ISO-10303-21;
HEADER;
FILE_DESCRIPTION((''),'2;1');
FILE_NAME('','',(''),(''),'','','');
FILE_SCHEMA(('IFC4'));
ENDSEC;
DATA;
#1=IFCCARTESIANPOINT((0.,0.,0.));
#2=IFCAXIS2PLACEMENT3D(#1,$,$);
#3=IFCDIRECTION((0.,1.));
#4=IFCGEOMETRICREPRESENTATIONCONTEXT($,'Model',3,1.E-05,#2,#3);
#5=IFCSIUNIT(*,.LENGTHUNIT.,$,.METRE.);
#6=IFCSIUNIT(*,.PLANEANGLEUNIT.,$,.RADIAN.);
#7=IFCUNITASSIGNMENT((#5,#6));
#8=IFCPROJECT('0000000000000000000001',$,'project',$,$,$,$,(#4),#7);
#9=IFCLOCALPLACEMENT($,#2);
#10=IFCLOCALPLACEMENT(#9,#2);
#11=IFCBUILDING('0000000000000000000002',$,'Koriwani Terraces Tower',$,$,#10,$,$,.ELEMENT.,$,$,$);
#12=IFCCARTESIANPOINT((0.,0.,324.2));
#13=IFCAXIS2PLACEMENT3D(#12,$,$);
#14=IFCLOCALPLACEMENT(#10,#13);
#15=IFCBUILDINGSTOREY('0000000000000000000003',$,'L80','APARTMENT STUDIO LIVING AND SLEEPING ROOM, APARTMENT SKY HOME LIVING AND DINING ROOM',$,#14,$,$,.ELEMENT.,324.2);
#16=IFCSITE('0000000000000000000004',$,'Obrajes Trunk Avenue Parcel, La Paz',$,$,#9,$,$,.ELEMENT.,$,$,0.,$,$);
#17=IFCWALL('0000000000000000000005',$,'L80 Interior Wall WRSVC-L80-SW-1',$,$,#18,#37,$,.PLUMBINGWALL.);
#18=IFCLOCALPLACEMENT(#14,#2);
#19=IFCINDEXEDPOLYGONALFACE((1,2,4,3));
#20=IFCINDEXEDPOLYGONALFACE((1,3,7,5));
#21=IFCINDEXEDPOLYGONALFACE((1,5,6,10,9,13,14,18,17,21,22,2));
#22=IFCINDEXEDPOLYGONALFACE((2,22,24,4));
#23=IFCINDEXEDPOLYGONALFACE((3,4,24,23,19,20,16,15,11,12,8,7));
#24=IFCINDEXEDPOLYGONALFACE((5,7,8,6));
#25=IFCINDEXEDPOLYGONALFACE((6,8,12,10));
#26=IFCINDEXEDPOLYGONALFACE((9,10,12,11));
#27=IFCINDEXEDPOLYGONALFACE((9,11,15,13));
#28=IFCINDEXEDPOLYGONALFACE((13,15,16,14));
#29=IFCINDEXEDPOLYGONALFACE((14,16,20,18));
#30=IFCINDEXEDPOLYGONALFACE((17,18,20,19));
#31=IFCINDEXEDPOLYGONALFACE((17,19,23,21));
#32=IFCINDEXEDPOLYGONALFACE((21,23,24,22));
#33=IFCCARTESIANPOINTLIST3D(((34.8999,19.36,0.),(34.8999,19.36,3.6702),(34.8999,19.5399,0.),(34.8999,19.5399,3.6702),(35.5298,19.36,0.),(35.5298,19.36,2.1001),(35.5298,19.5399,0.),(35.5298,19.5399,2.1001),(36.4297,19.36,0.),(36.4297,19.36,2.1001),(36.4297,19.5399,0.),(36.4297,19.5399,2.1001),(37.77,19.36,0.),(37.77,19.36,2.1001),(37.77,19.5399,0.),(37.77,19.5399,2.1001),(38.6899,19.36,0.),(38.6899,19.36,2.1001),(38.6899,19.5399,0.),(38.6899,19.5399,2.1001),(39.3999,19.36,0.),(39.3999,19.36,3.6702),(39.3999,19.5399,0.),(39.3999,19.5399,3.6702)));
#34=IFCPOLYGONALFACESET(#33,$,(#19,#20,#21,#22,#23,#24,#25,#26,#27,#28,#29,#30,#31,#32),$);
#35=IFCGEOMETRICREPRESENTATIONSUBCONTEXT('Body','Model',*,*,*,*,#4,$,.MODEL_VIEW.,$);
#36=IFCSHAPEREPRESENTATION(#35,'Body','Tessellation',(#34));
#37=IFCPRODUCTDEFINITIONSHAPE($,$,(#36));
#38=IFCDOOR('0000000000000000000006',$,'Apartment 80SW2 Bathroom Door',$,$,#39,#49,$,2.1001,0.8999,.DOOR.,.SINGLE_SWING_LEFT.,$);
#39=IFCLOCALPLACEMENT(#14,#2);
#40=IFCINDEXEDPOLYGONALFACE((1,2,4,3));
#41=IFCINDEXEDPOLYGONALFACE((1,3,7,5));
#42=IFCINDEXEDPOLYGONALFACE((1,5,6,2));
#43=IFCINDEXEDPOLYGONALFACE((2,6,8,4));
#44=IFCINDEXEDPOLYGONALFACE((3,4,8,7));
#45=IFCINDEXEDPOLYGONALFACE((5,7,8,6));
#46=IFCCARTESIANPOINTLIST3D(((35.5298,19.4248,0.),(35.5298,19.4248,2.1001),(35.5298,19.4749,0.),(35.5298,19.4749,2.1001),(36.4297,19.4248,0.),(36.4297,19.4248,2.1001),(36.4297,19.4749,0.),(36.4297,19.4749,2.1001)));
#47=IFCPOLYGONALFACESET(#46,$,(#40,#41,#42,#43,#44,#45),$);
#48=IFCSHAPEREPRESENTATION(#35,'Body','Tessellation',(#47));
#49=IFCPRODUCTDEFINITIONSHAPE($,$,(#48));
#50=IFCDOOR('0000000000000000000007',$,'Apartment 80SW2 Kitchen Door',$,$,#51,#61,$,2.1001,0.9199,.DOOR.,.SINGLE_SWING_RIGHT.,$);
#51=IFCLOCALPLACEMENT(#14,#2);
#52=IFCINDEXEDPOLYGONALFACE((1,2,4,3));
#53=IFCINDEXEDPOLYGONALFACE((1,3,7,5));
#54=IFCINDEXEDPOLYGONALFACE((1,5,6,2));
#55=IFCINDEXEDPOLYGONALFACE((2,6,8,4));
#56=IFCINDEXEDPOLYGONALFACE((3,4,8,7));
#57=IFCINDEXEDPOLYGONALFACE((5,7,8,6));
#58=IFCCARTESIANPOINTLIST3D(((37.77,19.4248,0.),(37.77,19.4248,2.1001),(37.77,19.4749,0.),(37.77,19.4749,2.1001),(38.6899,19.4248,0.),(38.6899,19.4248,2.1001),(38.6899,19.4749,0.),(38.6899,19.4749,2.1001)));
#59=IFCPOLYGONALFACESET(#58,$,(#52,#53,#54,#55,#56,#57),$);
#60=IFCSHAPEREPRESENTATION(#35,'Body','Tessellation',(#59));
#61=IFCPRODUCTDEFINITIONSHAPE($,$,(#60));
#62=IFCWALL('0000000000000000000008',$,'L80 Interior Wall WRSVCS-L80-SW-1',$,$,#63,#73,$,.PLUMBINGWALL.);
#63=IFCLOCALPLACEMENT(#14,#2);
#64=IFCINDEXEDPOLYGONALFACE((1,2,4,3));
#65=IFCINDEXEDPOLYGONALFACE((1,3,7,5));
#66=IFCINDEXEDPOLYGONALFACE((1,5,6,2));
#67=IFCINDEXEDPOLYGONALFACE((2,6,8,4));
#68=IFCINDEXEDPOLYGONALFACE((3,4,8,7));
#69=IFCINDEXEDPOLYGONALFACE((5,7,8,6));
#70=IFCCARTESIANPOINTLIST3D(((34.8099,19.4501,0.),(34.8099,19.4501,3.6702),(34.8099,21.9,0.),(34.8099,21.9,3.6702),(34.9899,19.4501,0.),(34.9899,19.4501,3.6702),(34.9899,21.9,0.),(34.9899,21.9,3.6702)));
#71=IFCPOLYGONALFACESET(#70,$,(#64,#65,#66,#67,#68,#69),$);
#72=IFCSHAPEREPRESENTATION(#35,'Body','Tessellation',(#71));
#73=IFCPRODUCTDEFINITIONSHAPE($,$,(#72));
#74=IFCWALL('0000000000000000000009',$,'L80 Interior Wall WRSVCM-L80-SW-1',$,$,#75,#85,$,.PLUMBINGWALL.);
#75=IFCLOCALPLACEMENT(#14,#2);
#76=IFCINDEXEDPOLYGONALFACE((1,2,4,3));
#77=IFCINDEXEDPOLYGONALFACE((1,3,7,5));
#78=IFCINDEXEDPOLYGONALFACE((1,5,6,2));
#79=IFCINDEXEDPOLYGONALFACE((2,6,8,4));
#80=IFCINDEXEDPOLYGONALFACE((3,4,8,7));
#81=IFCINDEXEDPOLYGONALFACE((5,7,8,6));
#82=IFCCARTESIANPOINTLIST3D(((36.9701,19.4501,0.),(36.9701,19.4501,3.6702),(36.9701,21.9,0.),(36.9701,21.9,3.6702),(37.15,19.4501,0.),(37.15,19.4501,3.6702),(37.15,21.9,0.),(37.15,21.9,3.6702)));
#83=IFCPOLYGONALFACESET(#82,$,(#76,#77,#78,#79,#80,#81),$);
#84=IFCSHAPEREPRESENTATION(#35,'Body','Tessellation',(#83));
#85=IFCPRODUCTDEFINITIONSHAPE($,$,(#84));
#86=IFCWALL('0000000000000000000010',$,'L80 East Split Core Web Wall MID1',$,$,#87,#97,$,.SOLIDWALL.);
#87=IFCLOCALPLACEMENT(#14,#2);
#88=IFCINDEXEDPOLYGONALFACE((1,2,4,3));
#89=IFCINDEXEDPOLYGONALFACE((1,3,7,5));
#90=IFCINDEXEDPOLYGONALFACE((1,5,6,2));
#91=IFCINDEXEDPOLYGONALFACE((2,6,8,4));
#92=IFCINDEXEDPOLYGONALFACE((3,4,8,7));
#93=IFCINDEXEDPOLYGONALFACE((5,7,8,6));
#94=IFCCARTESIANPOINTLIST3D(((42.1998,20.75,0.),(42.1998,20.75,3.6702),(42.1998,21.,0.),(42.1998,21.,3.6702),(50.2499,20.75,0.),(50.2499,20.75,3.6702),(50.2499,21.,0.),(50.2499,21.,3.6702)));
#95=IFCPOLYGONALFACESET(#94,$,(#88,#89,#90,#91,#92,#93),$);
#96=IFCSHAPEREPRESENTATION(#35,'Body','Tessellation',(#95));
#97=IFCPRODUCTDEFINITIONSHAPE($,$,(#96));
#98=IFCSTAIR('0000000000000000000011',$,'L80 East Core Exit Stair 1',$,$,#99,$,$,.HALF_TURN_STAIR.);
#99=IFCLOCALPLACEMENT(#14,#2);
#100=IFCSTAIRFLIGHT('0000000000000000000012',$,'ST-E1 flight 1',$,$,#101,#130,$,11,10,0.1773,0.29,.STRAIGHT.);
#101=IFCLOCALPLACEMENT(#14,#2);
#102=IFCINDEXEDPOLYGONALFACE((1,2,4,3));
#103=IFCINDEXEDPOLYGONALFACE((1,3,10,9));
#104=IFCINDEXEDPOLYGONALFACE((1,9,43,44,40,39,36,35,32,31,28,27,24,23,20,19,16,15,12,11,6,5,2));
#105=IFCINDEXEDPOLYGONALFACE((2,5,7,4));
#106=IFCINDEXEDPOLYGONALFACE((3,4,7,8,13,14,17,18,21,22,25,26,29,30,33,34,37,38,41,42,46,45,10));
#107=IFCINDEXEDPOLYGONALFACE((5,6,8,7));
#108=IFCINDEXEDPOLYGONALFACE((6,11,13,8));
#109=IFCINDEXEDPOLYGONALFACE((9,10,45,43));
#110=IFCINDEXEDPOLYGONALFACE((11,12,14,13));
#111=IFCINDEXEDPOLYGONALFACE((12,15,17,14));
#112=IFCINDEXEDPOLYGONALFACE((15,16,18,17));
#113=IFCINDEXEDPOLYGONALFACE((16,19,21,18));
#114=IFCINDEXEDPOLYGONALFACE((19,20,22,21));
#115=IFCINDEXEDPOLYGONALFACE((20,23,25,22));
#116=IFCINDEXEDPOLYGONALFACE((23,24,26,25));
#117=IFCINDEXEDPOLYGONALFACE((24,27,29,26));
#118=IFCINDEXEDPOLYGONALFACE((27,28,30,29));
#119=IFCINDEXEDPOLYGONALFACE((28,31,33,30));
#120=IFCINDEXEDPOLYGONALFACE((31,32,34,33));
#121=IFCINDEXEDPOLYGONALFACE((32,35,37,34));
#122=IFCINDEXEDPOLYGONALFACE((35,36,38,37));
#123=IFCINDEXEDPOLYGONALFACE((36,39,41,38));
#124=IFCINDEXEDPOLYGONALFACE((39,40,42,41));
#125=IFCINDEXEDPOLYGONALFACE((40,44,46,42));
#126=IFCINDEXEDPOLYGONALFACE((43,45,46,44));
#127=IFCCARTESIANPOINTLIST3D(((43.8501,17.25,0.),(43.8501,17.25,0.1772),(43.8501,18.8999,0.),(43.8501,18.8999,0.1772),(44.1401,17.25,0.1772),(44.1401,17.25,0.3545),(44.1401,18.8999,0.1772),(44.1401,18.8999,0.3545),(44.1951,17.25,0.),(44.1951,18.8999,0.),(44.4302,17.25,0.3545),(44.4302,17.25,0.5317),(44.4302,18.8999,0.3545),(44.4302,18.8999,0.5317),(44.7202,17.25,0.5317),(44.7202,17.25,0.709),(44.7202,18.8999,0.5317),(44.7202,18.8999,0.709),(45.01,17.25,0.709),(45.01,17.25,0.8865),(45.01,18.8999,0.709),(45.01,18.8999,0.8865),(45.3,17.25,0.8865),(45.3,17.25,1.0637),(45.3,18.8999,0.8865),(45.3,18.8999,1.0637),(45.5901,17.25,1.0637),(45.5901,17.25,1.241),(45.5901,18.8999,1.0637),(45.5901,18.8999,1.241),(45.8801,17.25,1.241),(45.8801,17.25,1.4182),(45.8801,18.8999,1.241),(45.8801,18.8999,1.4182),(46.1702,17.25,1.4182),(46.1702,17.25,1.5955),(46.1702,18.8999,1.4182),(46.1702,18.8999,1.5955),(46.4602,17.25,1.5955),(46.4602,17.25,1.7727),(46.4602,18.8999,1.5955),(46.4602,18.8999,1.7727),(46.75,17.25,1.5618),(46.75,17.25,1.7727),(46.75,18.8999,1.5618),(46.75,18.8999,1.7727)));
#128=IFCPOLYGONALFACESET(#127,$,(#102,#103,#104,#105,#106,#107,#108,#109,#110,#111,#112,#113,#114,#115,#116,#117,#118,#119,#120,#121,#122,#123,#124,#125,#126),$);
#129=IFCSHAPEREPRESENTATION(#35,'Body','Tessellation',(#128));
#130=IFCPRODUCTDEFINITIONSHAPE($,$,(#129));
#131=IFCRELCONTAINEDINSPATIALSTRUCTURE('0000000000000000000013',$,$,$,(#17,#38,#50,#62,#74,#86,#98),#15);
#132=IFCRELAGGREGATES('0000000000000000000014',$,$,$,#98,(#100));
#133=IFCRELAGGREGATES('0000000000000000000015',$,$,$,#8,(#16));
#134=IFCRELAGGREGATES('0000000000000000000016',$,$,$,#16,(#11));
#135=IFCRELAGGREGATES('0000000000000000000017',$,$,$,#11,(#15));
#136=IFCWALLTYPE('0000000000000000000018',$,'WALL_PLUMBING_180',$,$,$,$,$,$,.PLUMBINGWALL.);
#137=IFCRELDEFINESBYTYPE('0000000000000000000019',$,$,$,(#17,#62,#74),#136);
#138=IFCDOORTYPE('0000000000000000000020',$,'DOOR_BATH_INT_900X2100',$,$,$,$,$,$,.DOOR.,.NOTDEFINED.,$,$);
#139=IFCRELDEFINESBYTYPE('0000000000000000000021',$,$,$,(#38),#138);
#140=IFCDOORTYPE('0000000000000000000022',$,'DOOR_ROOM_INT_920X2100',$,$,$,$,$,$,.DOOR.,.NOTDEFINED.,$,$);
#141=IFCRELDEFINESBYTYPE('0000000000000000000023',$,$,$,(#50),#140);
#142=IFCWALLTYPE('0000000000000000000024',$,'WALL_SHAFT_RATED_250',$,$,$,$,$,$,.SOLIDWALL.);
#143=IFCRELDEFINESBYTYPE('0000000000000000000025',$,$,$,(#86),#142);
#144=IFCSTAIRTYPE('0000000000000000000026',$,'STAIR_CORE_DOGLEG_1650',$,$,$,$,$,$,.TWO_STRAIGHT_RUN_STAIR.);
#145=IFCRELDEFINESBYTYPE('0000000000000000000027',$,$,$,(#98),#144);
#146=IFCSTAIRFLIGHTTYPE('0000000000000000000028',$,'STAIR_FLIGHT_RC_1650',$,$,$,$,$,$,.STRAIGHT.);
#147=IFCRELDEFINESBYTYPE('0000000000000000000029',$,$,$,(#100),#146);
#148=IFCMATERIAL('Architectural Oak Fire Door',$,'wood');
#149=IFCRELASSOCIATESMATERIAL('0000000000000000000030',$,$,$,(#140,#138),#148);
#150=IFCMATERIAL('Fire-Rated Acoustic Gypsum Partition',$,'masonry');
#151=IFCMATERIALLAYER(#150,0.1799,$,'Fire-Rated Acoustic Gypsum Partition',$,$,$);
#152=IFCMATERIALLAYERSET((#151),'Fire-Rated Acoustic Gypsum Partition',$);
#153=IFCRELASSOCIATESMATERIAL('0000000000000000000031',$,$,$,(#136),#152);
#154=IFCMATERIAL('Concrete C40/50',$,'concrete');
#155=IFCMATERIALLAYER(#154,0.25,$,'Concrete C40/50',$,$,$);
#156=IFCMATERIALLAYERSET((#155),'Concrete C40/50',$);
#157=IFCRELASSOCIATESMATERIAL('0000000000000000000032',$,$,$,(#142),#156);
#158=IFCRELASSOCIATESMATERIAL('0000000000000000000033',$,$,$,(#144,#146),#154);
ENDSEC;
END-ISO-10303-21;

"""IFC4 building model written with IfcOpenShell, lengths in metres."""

from ifc_helpers import new_model, si_unit, direction, frame, frame_2d, origin, place, context, subcontext, project, spatial, polyline, rectangle, outline, extrude, material, layer, layer_set, type_object, element, fill, aggregate, save


model = new_model("IFC4")

# Units and contexts
model_context = context("Model", 3, precision=1e-05, world=origin(), true_north=direction((0.0, 1.0)))
body_context = subcontext(model_context, "Body", "Model", "MODEL_VIEW")
ifc_project = project(units=[si_unit("LENGTHUNIT", "METRE"), si_unit("PLANEANGLEUNIT", "RADIAN")], contexts=[model_context])

# Site, building, storey
site_placement = place(None, origin())
site = spatial("IfcSite", under=ifc_project, at=site_placement, Name="Obrajes Trunk Avenue Parcel, La Paz", CompositionType="ELEMENT", RefElevation=0.0)
building_placement = place(site_placement, origin())
building = spatial("IfcBuilding", under=site, at=building_placement, Name="Koriwani Terraces Tower", CompositionType="ELEMENT")
storey_placement = place(building_placement, frame((0.0, 0.0, 324.2)))
storey = spatial("IfcBuildingStorey", under=building, at=storey_placement, Name="L80", Description="APARTMENT STUDIO LIVING AND SLEEPING ROOM, APARTMENT SKY HOME LIVING AND DINING ROOM", CompositionType="ELEMENT", Elevation=324.2)

# Shared definitions
ifc_material_1 = material(Name="Concrete C40/50", Category="concrete")

# Shared definitions
ifc_material_2 = material(Name="Architectural Oak Fire Door", Category="wood")
door_type_1 = type_object("IfcDoorType", Name="DOOR_ROOM_INT_920X2100", OperationType="NOTDEFINED", PredefinedType="DOOR", material=ifc_material_2)

# Wall, openings, doors
ifc_material_3 = material(Name="Fire-Rated Acoustic Gypsum Partition", Category="masonry")
ifc_layer_1 = layer(ifc_material_3, 0.1799, Name="Fire-Rated Acoustic Gypsum Partition")
ifc_layer_set_1 = layer_set([ifc_layer_1], Name="Fire-Rated Acoustic Gypsum Partition")
wall_type_1 = type_object("IfcWallType", Name="WALL_PLUMBING_180", PredefinedType="PLUMBINGWALL", material=ifc_layer_set_1)
wall_1_placement = place(storey_placement, frame((34.8999, 19.45, 0.0), z_axis=(0.0, 0.0, 1.0), x_axis=(1.0, 0.0, 0.0)))
wall_1 = element("IfcWall", 1, at=wall_1_placement, inside=storey, type_object=wall_type_1, Name="L80 Interior Wall WRSVC-L80-SW-1", PredefinedType="PLUMBINGWALL", context=body_context, shape_type="SweptSolid", body=[
    extrude(rectangle(XDim=4.5, YDim=0.1799, at=frame_2d((2.25, 0.0))), origin(), (0.0, 0.0, 1.0), 3.6702),
])
opening_1_placement = place(wall_1_placement, frame((0.6299, 0.0, 0.0)))
opening_1 = element("IfcOpeningElement", 2, at=opening_1_placement, cuts=wall_1, PredefinedType="OPENING", context=body_context, shape_type="SweptSolid", body=[
    extrude(rectangle(XDim=0.8999, YDim=2.1001, at=frame_2d((0.45, 1.05))), frame((0.0, 0.1001, 0.0), z_axis=(0.0, -1.0, 0.0), x_axis=(1.0, 0.0, 0.0)), (0.0, 0.0, 1.0), 0.2),
])
opening_2_placement = place(wall_1_placement, frame((2.8701, 0.0, 0.0)))
opening_2 = element("IfcOpeningElement", 3, at=opening_2_placement, cuts=wall_1, PredefinedType="OPENING", context=body_context, shape_type="SweptSolid", body=[
    extrude(rectangle(XDim=0.9199, YDim=2.1001, at=frame_2d((0.46, 1.05))), frame((0.0, 0.1001, 0.0), z_axis=(0.0, -1.0, 0.0), x_axis=(1.0, 0.0, 0.0)), (0.0, 0.0, 1.0), 0.2),
])
door_type_2 = type_object("IfcDoorType", Name="DOOR_BATH_INT_900X2100", OperationType="NOTDEFINED", PredefinedType="DOOR", material=ifc_material_2)
door_1_placement = place(opening_1_placement, origin())
door_1 = element("IfcDoor", 4, at=door_1_placement, inside=storey, type_object=door_type_2, Name="Apartment 80SW2 Bathroom Door", OperationType="SINGLE_SWING_LEFT", OverallHeight=2.1001, OverallWidth=0.8999, PredefinedType="DOOR", context=body_context, shape_type="SweptSolid", body=[
    extrude(rectangle(XDim=0.8999, YDim=2.1001, at=frame_2d((0.45, 1.05))), frame((0.0, 0.0249, 0.0), z_axis=(0.0, -1.0, 0.0), x_axis=(1.0, 0.0, 0.0)), (0.0, 0.0, 1.0), 0.05),
])
fill(opening_1, door_1)
door_2_placement = place(opening_2_placement, origin())
door_2 = element("IfcDoor", 5, at=door_2_placement, inside=storey, type_object=door_type_1, Name="Apartment 80SW2 Kitchen Door", OperationType="SINGLE_SWING_RIGHT", OverallHeight=2.1001, OverallWidth=0.9199, PredefinedType="DOOR", context=body_context, shape_type="SweptSolid", body=[
    extrude(rectangle(XDim=0.9199, YDim=2.1001, at=frame_2d((0.46, 1.05))), frame((0.0, 0.0249, 0.0), z_axis=(0.0, -1.0, 0.0), x_axis=(1.0, 0.0, 0.0)), (0.0, 0.0, 1.0), 0.05),
])
fill(opening_2, door_2)

# Walls
for number, where, z_axis, x_axis, name in (
    (6, (34.8999, 19.45, 0.0), (0.0, 0.0, 1.0), (0.0, 1.0, 0.0), "L80 Interior Wall WRSVCS-L80-SW-1"),
    (7, (37.0601, 19.45, 0.0), (0.0, 0.0, 1.0), (0.0, 1.0, 0.0), "L80 Interior Wall WRSVCM-L80-SW-1"),
):
    element("IfcWall", number, at=place(storey_placement, frame(where, z_axis=z_axis, x_axis=x_axis)), inside=storey, type_object=wall_type_1, Name=name, PredefinedType="PLUMBINGWALL", context=body_context, shape_type="SweptSolid", body=[
        extrude(rectangle(XDim=2.45, YDim=0.1799, at=frame_2d((1.2251, 0.0))), origin(), (0.0, 0.0, 1.0), 3.6702),
    ])
ifc_layer_2 = layer(ifc_material_1, 0.25, Name="Concrete C40/50")
ifc_layer_set_2 = layer_set([ifc_layer_2], Name="Concrete C40/50")
wall_type_2 = type_object("IfcWallType", Name="WALL_SHAFT_RATED_250", PredefinedType="SOLIDWALL", material=ifc_layer_set_2)
wall_2_placement = place(storey_placement, frame((42.2, 20.875, 0.0), z_axis=(0.0, 0.0, 1.0), x_axis=(1.0, 0.0, 0.0)))
element("IfcWall", 8, at=wall_2_placement, inside=storey, type_object=wall_type_2, Name="L80 East Split Core Web Wall MID1", PredefinedType="SOLIDWALL", context=body_context, shape_type="SweptSolid", body=[
    extrude(rectangle(XDim=8.05, YDim=0.25, at=frame_2d((4.0249, 0.0))), origin(), (0.0, 0.0, 1.0), 3.6702),
])

# Stair, stair flight
stair_type = type_object("IfcStairType", Name="STAIR_CORE_DOGLEG_1650", PredefinedType="TWO_STRAIGHT_RUN_STAIR", material=ifc_material_1)
stair_placement = place(storey_placement, origin())
stair = element("IfcStair", 9, at=stair_placement, inside=storey, type_object=stair_type, Name="L80 East Core Exit Stair 1", PredefinedType="HALF_TURN_STAIR")
stair_flight_type = type_object("IfcStairFlightType", Name="STAIR_FLIGHT_RC_1650", PredefinedType="STRAIGHT", material=ifc_material_1)
stair_flight_placement = place(storey_placement, frame((43.8501, 18.075, 0.0), z_axis=(0.0, 0.0, 1.0), x_axis=(1.0, 0.0, 0.0)))
stair_flight = element("IfcStairFlight", 10, at=stair_flight_placement, type_object=stair_flight_type, Name="ST-E1 flight 1", NumberOfRisers=11, NumberOfTreads=10, PredefinedType="STRAIGHT", RiserHeight=0.1773, TreadLength=0.29, context=body_context, shape_type="SweptSolid", body=[
    extrude(outline(polyline([(0.0, 0.0), (0.0, 0.1772), (0.29, 0.1772), (0.29, 0.3545), (0.5801, 0.3545), (0.5801, 0.5317), (0.8701, 0.5317), (0.8701, 0.709), (1.1599, 0.709), (1.1599, 0.8865), (1.45, 0.8865), (1.45, 1.0637), (1.74, 1.0637), (1.74, 1.241), (2.03, 1.241), (2.03, 1.4182), (2.3201, 1.4182), (2.3201, 1.5955), (2.6101, 1.5955), (2.6101, 1.7727), (2.8999, 1.7727), (2.8999, 1.95), (2.8999, 1.5618), (0.345, 0.0), (0.0, 0.0)])), frame((0.0, 0.825, 0.0), z_axis=(0.0, -1.0, 0.0), x_axis=(1.0, 0.0, 0.0)), (0.0, 0.0, 1.0), 1.6499),
])
aggregate(stair, [stair_flight])

save(model, "model.ifc")
